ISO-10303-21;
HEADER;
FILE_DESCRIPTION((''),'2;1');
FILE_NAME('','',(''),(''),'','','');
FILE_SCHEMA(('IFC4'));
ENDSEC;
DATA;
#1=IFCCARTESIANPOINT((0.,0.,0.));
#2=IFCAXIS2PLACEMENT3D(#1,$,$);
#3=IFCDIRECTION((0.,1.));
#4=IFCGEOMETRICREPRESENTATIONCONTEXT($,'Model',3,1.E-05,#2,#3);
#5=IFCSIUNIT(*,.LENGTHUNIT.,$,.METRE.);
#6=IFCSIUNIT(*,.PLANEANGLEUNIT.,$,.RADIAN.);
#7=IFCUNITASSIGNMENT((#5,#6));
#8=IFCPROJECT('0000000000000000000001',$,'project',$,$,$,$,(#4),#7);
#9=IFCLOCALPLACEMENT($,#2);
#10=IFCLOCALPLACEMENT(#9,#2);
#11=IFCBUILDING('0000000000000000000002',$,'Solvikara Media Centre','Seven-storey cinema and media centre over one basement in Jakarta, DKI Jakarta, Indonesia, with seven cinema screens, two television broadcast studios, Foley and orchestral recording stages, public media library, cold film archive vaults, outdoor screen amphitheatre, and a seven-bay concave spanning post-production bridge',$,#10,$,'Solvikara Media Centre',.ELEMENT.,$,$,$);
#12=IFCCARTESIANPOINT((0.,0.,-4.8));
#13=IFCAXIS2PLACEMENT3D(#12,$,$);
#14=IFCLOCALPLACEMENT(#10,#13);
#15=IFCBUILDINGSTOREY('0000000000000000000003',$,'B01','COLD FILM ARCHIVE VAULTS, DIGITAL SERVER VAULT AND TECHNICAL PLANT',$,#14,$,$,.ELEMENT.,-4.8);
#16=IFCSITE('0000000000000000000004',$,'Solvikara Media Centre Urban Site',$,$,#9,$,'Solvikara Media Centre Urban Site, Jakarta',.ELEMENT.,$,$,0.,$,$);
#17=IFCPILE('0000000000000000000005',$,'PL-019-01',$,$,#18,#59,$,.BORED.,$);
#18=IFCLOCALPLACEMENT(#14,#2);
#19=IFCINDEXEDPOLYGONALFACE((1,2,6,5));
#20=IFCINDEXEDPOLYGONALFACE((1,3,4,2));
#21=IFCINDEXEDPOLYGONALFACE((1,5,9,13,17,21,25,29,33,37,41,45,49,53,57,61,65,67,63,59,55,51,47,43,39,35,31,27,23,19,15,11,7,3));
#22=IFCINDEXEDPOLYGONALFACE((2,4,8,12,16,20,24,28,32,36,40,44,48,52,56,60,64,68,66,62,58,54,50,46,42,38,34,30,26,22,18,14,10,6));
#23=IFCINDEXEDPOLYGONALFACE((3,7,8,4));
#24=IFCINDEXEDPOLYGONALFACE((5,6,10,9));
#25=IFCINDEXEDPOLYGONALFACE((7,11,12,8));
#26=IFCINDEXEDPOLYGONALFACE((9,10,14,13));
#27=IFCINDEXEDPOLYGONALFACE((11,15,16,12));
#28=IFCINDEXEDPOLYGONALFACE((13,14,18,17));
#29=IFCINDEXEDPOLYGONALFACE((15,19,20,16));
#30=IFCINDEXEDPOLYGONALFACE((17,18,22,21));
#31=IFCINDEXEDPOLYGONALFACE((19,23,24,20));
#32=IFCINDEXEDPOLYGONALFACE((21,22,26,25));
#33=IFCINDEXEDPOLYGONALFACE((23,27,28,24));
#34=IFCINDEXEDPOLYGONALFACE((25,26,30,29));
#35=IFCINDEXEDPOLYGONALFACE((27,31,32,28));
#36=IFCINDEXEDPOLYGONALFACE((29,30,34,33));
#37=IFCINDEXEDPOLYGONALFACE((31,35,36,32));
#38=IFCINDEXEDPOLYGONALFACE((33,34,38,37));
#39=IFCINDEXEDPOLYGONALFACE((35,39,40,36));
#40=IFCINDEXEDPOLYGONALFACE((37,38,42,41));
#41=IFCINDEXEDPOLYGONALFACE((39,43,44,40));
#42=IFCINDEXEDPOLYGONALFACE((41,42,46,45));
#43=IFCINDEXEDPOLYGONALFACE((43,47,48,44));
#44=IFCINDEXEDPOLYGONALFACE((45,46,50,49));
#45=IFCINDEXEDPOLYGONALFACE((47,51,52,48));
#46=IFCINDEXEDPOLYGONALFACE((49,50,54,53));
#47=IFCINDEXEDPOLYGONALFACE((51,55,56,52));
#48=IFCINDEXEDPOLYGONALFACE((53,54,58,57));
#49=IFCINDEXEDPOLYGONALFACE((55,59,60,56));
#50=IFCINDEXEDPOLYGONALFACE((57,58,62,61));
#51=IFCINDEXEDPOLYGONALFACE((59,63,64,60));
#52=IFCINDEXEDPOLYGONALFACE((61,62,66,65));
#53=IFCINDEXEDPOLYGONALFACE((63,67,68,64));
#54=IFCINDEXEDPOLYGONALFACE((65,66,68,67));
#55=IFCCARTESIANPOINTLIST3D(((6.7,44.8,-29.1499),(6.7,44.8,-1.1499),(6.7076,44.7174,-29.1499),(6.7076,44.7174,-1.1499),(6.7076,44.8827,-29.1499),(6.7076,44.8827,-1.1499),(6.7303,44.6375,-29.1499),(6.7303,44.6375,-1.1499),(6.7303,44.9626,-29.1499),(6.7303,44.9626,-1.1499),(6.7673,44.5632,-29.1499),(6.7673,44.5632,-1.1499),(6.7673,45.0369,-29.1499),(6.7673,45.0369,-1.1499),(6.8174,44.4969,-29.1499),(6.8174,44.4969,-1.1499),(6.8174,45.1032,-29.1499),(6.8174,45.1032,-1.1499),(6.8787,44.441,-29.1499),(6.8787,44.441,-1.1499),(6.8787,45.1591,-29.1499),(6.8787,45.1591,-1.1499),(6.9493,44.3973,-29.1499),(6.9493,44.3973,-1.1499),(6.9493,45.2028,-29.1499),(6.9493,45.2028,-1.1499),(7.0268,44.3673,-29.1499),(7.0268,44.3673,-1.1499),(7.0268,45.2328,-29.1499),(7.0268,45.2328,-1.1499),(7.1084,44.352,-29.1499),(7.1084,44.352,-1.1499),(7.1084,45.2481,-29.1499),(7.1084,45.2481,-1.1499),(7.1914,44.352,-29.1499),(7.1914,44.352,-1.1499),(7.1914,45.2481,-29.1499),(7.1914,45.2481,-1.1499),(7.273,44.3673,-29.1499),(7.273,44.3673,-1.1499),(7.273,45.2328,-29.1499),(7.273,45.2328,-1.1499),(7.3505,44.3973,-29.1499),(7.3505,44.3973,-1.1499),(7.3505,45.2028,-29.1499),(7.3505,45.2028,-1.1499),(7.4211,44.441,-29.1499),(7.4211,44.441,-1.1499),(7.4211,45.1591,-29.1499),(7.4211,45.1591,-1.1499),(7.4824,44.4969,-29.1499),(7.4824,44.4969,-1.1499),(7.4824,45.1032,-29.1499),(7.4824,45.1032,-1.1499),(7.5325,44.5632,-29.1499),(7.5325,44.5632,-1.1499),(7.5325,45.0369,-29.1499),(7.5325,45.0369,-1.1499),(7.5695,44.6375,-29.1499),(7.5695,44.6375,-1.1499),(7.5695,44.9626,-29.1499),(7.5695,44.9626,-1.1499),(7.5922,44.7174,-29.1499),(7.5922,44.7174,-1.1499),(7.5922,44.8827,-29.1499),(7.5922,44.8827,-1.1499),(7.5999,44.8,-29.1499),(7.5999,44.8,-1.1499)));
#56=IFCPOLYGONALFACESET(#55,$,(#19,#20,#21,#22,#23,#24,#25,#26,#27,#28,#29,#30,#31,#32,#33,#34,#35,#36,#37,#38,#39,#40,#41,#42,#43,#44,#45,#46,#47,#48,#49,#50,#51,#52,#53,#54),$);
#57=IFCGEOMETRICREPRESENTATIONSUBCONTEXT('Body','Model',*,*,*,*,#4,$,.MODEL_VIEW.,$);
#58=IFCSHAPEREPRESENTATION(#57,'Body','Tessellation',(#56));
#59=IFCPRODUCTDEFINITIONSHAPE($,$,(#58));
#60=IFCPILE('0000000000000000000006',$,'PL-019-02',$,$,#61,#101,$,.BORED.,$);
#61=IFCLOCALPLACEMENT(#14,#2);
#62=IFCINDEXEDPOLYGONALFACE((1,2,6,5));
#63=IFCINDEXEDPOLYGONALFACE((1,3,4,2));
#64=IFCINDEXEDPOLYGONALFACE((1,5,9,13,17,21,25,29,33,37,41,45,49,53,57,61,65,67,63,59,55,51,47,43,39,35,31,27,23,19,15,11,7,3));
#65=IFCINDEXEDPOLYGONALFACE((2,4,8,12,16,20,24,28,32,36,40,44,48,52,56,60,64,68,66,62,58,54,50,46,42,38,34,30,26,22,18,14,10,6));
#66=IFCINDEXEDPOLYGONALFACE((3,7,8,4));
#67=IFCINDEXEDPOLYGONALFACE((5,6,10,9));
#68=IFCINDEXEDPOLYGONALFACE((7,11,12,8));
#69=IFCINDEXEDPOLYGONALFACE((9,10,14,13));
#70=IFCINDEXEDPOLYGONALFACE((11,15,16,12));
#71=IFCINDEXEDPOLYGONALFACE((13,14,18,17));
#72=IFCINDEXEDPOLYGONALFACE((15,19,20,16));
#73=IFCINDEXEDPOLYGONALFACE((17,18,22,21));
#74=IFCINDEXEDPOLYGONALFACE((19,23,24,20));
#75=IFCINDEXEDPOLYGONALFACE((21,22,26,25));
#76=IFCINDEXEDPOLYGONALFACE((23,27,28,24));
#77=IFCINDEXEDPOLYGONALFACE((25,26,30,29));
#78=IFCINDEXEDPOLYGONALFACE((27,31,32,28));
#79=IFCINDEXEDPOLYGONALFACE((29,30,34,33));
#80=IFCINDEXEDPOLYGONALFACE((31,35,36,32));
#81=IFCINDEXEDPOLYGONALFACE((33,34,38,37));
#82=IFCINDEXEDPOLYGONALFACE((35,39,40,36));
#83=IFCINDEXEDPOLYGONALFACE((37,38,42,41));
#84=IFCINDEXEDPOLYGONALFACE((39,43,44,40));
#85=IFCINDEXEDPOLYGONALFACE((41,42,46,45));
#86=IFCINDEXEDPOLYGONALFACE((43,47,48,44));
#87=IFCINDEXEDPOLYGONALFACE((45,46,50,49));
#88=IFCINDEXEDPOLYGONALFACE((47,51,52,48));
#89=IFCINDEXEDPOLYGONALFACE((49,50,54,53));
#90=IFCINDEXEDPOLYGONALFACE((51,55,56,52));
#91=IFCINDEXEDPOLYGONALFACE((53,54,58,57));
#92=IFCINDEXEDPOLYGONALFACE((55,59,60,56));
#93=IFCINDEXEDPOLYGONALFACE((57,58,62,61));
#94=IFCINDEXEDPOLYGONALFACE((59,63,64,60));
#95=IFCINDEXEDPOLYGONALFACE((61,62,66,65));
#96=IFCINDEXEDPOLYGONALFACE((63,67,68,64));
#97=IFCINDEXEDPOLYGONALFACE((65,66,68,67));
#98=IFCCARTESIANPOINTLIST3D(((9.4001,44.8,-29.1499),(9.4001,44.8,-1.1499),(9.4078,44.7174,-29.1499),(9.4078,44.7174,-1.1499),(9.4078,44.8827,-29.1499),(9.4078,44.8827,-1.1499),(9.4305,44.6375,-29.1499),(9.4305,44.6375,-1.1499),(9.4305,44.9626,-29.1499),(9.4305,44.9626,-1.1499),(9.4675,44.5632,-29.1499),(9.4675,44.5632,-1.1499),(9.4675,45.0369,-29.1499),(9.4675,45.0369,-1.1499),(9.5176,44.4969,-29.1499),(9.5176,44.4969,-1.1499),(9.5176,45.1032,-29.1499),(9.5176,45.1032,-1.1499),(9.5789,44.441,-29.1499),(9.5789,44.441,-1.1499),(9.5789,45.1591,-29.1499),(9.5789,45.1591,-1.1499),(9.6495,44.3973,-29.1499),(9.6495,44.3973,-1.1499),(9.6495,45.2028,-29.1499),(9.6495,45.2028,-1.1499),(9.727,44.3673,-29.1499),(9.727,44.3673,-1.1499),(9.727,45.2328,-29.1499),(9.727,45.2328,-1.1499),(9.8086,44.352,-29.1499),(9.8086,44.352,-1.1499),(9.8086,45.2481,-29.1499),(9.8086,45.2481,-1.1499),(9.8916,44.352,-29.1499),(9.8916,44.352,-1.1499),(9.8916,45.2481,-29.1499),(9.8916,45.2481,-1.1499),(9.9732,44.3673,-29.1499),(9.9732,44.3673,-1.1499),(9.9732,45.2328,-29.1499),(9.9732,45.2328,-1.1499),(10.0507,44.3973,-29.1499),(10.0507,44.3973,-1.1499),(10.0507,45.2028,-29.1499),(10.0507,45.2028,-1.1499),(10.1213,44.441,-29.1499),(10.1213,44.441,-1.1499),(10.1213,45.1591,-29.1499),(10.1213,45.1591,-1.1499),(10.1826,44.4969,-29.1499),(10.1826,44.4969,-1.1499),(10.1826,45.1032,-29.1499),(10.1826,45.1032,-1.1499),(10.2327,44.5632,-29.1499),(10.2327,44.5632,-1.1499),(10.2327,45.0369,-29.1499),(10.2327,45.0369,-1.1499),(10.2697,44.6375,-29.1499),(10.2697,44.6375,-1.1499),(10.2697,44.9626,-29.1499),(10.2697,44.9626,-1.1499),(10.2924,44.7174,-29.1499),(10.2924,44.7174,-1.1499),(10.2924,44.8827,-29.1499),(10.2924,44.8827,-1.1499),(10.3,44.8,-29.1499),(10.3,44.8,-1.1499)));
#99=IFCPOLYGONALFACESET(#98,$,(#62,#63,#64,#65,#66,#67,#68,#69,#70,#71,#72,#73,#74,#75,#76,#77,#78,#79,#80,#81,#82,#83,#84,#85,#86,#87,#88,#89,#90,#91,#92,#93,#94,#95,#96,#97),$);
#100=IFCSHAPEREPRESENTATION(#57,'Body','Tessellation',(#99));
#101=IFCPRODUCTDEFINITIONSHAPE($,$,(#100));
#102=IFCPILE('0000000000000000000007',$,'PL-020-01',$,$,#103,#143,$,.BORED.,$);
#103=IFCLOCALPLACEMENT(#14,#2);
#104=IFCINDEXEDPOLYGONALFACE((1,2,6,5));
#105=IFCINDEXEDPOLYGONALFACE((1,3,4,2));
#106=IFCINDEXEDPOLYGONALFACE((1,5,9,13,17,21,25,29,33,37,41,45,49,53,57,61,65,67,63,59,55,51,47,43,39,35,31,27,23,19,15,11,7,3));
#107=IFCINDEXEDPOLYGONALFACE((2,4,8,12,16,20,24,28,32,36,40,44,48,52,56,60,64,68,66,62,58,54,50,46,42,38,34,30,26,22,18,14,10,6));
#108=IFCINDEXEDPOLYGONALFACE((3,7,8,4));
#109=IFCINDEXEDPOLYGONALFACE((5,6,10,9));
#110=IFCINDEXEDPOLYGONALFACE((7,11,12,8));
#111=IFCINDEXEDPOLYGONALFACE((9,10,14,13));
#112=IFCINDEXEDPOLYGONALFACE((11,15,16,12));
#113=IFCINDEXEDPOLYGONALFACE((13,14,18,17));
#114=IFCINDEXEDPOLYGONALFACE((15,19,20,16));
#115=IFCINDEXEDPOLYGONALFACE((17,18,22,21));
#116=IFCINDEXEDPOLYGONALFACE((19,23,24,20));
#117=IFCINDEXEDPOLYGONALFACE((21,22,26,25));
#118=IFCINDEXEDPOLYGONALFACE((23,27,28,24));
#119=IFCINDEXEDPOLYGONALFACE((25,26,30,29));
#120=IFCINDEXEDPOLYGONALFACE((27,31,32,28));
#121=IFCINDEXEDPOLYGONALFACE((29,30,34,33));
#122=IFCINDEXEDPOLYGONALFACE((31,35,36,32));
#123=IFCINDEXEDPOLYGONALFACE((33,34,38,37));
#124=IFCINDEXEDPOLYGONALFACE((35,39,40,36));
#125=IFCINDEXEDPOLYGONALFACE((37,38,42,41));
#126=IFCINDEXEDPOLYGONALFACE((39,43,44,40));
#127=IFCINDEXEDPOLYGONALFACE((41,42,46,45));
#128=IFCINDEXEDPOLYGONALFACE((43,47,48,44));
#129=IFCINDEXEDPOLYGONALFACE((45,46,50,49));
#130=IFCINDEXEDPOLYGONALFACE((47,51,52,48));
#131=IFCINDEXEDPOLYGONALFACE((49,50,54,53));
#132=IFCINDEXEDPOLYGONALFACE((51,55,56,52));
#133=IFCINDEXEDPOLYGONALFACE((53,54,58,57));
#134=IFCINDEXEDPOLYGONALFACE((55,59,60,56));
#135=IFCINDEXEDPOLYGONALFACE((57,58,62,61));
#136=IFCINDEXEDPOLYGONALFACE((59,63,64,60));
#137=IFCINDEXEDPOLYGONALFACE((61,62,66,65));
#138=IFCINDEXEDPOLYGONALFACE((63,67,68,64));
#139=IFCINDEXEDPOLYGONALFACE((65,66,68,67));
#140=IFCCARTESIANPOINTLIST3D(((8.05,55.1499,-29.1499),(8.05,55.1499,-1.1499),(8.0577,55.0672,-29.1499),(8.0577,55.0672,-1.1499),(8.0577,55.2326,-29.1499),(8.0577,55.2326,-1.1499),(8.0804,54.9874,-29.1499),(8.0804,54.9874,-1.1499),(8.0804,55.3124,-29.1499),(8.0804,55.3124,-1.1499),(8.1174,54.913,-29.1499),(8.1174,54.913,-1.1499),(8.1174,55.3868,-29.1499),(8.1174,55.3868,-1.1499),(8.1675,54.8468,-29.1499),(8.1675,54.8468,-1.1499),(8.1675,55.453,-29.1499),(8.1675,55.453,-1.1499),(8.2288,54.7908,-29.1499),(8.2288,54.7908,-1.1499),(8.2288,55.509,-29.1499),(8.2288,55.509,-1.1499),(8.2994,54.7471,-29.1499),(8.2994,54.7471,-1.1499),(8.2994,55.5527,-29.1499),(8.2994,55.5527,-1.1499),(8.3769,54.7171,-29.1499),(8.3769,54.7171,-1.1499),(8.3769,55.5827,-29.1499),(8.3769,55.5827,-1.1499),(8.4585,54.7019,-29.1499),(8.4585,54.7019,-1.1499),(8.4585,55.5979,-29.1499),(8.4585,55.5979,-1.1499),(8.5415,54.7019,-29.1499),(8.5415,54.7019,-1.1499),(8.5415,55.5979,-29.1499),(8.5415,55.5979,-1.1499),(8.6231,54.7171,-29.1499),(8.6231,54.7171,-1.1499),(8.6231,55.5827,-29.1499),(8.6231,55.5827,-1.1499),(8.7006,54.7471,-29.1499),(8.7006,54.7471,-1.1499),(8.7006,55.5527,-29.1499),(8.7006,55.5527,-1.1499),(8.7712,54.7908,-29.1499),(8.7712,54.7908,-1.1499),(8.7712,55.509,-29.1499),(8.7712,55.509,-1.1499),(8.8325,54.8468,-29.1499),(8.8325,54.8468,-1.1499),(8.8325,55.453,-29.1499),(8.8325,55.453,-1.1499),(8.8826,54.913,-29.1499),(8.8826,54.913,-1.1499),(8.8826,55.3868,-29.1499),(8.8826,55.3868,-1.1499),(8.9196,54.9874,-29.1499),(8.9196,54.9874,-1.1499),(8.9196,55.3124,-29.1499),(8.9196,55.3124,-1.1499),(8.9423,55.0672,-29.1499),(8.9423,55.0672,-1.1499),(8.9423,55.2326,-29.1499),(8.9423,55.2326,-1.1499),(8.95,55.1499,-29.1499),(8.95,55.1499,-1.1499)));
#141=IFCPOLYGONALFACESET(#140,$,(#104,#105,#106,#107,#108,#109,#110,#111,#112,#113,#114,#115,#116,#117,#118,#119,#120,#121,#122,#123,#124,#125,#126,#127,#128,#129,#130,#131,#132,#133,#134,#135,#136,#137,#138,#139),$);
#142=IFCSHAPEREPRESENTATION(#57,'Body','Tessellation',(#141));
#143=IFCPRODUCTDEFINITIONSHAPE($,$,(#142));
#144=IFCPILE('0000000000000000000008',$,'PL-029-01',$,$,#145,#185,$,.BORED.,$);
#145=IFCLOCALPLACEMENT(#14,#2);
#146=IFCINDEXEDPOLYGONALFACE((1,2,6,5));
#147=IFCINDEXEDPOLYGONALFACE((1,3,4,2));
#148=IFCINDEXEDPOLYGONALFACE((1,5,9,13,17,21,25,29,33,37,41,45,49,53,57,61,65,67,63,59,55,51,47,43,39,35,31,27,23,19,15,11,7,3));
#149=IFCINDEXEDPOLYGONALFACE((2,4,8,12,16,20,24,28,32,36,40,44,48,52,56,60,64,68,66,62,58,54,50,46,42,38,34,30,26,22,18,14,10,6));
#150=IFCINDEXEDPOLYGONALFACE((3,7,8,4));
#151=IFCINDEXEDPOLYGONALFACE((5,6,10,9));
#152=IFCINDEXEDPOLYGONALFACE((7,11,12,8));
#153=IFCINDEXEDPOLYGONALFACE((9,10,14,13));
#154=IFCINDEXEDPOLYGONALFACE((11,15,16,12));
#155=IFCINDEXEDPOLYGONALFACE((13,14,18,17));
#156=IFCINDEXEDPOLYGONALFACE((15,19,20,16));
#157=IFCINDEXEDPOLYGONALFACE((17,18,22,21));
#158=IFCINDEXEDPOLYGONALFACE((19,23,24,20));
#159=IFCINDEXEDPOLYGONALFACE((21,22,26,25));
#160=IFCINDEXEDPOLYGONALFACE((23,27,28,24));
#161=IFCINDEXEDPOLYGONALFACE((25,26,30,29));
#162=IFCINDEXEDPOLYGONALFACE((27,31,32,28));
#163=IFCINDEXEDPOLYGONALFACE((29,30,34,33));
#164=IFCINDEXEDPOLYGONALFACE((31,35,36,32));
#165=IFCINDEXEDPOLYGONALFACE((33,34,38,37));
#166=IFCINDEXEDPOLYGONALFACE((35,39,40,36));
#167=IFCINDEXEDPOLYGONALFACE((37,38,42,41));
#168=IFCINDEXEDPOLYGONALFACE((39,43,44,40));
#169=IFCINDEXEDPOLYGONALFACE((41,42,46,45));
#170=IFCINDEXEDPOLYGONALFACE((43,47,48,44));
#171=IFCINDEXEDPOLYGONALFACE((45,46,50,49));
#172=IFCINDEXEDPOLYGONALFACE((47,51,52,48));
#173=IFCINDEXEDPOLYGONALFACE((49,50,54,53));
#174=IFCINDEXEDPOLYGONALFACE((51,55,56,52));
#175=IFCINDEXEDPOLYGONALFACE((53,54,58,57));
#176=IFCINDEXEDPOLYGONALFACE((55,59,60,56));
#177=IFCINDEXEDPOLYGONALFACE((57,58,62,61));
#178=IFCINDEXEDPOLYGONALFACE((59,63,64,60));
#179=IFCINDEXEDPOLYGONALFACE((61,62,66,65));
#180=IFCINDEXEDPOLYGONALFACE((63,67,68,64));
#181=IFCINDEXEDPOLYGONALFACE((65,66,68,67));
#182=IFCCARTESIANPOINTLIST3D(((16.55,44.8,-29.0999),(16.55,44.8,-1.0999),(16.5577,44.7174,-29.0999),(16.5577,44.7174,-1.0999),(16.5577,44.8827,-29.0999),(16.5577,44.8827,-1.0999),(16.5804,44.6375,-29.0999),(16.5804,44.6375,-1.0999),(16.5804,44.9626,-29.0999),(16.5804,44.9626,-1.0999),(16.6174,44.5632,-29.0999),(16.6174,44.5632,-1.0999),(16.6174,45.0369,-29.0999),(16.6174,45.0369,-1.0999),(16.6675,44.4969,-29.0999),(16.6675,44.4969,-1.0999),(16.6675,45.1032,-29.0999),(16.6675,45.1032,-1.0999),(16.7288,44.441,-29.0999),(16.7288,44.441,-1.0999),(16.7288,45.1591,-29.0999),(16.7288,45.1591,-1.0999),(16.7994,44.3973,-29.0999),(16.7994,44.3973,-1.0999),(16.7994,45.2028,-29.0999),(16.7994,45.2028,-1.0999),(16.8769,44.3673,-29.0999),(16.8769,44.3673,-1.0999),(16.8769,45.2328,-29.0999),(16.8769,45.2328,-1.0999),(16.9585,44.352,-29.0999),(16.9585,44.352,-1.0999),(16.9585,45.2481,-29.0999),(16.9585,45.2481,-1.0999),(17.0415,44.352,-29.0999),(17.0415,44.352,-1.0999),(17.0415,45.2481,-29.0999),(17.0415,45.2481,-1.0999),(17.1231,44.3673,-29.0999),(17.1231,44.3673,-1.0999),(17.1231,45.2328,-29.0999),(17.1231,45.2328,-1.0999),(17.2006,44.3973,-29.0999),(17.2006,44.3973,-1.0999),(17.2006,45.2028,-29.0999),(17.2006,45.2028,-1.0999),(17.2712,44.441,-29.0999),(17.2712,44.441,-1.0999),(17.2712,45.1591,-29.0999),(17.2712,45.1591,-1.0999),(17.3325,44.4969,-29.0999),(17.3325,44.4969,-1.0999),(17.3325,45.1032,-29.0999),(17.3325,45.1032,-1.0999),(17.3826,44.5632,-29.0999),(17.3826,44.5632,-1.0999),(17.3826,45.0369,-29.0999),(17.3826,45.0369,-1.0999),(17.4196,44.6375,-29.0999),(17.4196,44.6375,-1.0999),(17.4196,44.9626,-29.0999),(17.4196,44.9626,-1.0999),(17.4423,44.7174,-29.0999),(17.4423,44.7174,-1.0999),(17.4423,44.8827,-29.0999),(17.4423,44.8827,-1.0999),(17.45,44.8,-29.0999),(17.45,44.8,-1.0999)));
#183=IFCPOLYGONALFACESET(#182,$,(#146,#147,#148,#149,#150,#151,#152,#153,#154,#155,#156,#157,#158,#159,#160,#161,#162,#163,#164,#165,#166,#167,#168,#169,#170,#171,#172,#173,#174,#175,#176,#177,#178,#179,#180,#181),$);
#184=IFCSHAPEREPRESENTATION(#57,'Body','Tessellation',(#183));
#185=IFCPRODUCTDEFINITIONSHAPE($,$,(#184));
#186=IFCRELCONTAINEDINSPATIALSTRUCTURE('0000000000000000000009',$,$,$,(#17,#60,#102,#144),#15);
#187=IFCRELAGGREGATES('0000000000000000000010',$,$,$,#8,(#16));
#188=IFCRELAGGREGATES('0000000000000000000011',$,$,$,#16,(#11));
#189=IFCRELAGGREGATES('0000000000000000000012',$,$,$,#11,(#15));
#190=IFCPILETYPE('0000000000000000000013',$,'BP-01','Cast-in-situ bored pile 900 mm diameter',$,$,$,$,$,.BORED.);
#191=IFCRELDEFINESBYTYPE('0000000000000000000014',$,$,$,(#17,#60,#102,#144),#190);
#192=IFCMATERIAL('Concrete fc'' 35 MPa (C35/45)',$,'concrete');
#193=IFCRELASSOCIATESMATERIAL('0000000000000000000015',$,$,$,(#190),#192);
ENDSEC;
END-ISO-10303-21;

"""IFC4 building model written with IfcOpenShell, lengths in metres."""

from ifc_helpers import new_model, si_unit, direction, frame, origin, origin_2d, place, context, subcontext, project, spatial, circle, extrude, material, material_profile, profile_set, type_object, element, save


model = new_model("IFC4")

# Units and contexts
model_context = context("Model", 3, precision=1e-05, world=origin(), true_north=direction((0.0, 1.0)))
body_context = subcontext(model_context, "Body", "Model", "MODEL_VIEW")
ifc_project = project(units=[si_unit("LENGTHUNIT", "METRE"), si_unit("PLANEANGLEUNIT", "RADIAN")], contexts=[model_context])

# Site, building, storey
site_placement = place(None, origin())
site = spatial("IfcSite", under=ifc_project, at=site_placement, Name="Solvikara Media Centre Urban Site", LongName="Solvikara Media Centre Urban Site, Jakarta", CompositionType="ELEMENT", RefElevation=0.0)
building_placement = place(site_placement, origin())
building = spatial("IfcBuilding", under=site, at=building_placement, Name="Solvikara Media Centre", Description="Seven-storey cinema and media centre over one basement in Jakarta, DKI Jakarta, Indonesia, with seven cinema screens, two television broadcast studios, Foley and orchestral recording stages, public media library, cold film archive vaults, outdoor screen amphitheatre, and a seven-bay concave spanning post-production bridge", LongName="Solvikara Media Centre", CompositionType="ELEMENT")
storey_placement = place(building_placement, frame((0.0, 0.0, -4.8)))
storey = spatial("IfcBuildingStorey", under=building, at=storey_placement, Name="B01", Description="COLD FILM ARCHIVE VAULTS, DIGITAL SERVER VAULT AND TECHNICAL PLANT", CompositionType="ELEMENT", Elevation=-4.8)

# Piles
ifc_material_1 = material(Name="Concrete fc' 35 MPa (C35/45)", Category="concrete")
ifc_material_profile_1 = material_profile(ifc_material_1, circle(Radius=0.45, at=origin_2d()), Name="BORED PILE D900")
ifc_profile_set_1 = profile_set([ifc_material_profile_1], Name="Concrete fc' 35 MPa (C35/45)")
pile_type_1 = type_object("IfcPileType", Name="BP-01", Description="Cast-in-situ bored pile 900 mm diameter", PredefinedType="BORED", material=ifc_profile_set_1)
for number, where, z_axis, x_axis, name in (
    (1, (7.1499, 44.8, -1.1499), (0.0, 0.0, -1.0), (1.0, 0.0, 0.0), "PL-019-01"),
    (2, (9.8501, 44.8, -1.1499), (0.0, 0.0, -1.0), (1.0, 0.0, 0.0), "PL-019-02"),
    (3, (8.5, 55.1499, -1.1499), (0.0, 0.0, -1.0), (1.0, 0.0, 0.0), "PL-020-01"),
    (4, (17.0, 44.8, -1.0999), (0.0, 0.0, -1.0), (1.0, 0.0, 0.0), "PL-029-01"),
):
    element("IfcPile", number, at=place(storey_placement, frame(where, z_axis=z_axis, x_axis=x_axis)), inside=storey, type_object=pile_type_1, Name=name, PredefinedType="BORED", context=body_context, shape_type="SweptSolid", body=[
        extrude(circle(Radius=0.45, at=origin_2d()), origin(), (0.0, 0.0, 1.0), 28.0),
    ])

save(model, "model.ifc")
